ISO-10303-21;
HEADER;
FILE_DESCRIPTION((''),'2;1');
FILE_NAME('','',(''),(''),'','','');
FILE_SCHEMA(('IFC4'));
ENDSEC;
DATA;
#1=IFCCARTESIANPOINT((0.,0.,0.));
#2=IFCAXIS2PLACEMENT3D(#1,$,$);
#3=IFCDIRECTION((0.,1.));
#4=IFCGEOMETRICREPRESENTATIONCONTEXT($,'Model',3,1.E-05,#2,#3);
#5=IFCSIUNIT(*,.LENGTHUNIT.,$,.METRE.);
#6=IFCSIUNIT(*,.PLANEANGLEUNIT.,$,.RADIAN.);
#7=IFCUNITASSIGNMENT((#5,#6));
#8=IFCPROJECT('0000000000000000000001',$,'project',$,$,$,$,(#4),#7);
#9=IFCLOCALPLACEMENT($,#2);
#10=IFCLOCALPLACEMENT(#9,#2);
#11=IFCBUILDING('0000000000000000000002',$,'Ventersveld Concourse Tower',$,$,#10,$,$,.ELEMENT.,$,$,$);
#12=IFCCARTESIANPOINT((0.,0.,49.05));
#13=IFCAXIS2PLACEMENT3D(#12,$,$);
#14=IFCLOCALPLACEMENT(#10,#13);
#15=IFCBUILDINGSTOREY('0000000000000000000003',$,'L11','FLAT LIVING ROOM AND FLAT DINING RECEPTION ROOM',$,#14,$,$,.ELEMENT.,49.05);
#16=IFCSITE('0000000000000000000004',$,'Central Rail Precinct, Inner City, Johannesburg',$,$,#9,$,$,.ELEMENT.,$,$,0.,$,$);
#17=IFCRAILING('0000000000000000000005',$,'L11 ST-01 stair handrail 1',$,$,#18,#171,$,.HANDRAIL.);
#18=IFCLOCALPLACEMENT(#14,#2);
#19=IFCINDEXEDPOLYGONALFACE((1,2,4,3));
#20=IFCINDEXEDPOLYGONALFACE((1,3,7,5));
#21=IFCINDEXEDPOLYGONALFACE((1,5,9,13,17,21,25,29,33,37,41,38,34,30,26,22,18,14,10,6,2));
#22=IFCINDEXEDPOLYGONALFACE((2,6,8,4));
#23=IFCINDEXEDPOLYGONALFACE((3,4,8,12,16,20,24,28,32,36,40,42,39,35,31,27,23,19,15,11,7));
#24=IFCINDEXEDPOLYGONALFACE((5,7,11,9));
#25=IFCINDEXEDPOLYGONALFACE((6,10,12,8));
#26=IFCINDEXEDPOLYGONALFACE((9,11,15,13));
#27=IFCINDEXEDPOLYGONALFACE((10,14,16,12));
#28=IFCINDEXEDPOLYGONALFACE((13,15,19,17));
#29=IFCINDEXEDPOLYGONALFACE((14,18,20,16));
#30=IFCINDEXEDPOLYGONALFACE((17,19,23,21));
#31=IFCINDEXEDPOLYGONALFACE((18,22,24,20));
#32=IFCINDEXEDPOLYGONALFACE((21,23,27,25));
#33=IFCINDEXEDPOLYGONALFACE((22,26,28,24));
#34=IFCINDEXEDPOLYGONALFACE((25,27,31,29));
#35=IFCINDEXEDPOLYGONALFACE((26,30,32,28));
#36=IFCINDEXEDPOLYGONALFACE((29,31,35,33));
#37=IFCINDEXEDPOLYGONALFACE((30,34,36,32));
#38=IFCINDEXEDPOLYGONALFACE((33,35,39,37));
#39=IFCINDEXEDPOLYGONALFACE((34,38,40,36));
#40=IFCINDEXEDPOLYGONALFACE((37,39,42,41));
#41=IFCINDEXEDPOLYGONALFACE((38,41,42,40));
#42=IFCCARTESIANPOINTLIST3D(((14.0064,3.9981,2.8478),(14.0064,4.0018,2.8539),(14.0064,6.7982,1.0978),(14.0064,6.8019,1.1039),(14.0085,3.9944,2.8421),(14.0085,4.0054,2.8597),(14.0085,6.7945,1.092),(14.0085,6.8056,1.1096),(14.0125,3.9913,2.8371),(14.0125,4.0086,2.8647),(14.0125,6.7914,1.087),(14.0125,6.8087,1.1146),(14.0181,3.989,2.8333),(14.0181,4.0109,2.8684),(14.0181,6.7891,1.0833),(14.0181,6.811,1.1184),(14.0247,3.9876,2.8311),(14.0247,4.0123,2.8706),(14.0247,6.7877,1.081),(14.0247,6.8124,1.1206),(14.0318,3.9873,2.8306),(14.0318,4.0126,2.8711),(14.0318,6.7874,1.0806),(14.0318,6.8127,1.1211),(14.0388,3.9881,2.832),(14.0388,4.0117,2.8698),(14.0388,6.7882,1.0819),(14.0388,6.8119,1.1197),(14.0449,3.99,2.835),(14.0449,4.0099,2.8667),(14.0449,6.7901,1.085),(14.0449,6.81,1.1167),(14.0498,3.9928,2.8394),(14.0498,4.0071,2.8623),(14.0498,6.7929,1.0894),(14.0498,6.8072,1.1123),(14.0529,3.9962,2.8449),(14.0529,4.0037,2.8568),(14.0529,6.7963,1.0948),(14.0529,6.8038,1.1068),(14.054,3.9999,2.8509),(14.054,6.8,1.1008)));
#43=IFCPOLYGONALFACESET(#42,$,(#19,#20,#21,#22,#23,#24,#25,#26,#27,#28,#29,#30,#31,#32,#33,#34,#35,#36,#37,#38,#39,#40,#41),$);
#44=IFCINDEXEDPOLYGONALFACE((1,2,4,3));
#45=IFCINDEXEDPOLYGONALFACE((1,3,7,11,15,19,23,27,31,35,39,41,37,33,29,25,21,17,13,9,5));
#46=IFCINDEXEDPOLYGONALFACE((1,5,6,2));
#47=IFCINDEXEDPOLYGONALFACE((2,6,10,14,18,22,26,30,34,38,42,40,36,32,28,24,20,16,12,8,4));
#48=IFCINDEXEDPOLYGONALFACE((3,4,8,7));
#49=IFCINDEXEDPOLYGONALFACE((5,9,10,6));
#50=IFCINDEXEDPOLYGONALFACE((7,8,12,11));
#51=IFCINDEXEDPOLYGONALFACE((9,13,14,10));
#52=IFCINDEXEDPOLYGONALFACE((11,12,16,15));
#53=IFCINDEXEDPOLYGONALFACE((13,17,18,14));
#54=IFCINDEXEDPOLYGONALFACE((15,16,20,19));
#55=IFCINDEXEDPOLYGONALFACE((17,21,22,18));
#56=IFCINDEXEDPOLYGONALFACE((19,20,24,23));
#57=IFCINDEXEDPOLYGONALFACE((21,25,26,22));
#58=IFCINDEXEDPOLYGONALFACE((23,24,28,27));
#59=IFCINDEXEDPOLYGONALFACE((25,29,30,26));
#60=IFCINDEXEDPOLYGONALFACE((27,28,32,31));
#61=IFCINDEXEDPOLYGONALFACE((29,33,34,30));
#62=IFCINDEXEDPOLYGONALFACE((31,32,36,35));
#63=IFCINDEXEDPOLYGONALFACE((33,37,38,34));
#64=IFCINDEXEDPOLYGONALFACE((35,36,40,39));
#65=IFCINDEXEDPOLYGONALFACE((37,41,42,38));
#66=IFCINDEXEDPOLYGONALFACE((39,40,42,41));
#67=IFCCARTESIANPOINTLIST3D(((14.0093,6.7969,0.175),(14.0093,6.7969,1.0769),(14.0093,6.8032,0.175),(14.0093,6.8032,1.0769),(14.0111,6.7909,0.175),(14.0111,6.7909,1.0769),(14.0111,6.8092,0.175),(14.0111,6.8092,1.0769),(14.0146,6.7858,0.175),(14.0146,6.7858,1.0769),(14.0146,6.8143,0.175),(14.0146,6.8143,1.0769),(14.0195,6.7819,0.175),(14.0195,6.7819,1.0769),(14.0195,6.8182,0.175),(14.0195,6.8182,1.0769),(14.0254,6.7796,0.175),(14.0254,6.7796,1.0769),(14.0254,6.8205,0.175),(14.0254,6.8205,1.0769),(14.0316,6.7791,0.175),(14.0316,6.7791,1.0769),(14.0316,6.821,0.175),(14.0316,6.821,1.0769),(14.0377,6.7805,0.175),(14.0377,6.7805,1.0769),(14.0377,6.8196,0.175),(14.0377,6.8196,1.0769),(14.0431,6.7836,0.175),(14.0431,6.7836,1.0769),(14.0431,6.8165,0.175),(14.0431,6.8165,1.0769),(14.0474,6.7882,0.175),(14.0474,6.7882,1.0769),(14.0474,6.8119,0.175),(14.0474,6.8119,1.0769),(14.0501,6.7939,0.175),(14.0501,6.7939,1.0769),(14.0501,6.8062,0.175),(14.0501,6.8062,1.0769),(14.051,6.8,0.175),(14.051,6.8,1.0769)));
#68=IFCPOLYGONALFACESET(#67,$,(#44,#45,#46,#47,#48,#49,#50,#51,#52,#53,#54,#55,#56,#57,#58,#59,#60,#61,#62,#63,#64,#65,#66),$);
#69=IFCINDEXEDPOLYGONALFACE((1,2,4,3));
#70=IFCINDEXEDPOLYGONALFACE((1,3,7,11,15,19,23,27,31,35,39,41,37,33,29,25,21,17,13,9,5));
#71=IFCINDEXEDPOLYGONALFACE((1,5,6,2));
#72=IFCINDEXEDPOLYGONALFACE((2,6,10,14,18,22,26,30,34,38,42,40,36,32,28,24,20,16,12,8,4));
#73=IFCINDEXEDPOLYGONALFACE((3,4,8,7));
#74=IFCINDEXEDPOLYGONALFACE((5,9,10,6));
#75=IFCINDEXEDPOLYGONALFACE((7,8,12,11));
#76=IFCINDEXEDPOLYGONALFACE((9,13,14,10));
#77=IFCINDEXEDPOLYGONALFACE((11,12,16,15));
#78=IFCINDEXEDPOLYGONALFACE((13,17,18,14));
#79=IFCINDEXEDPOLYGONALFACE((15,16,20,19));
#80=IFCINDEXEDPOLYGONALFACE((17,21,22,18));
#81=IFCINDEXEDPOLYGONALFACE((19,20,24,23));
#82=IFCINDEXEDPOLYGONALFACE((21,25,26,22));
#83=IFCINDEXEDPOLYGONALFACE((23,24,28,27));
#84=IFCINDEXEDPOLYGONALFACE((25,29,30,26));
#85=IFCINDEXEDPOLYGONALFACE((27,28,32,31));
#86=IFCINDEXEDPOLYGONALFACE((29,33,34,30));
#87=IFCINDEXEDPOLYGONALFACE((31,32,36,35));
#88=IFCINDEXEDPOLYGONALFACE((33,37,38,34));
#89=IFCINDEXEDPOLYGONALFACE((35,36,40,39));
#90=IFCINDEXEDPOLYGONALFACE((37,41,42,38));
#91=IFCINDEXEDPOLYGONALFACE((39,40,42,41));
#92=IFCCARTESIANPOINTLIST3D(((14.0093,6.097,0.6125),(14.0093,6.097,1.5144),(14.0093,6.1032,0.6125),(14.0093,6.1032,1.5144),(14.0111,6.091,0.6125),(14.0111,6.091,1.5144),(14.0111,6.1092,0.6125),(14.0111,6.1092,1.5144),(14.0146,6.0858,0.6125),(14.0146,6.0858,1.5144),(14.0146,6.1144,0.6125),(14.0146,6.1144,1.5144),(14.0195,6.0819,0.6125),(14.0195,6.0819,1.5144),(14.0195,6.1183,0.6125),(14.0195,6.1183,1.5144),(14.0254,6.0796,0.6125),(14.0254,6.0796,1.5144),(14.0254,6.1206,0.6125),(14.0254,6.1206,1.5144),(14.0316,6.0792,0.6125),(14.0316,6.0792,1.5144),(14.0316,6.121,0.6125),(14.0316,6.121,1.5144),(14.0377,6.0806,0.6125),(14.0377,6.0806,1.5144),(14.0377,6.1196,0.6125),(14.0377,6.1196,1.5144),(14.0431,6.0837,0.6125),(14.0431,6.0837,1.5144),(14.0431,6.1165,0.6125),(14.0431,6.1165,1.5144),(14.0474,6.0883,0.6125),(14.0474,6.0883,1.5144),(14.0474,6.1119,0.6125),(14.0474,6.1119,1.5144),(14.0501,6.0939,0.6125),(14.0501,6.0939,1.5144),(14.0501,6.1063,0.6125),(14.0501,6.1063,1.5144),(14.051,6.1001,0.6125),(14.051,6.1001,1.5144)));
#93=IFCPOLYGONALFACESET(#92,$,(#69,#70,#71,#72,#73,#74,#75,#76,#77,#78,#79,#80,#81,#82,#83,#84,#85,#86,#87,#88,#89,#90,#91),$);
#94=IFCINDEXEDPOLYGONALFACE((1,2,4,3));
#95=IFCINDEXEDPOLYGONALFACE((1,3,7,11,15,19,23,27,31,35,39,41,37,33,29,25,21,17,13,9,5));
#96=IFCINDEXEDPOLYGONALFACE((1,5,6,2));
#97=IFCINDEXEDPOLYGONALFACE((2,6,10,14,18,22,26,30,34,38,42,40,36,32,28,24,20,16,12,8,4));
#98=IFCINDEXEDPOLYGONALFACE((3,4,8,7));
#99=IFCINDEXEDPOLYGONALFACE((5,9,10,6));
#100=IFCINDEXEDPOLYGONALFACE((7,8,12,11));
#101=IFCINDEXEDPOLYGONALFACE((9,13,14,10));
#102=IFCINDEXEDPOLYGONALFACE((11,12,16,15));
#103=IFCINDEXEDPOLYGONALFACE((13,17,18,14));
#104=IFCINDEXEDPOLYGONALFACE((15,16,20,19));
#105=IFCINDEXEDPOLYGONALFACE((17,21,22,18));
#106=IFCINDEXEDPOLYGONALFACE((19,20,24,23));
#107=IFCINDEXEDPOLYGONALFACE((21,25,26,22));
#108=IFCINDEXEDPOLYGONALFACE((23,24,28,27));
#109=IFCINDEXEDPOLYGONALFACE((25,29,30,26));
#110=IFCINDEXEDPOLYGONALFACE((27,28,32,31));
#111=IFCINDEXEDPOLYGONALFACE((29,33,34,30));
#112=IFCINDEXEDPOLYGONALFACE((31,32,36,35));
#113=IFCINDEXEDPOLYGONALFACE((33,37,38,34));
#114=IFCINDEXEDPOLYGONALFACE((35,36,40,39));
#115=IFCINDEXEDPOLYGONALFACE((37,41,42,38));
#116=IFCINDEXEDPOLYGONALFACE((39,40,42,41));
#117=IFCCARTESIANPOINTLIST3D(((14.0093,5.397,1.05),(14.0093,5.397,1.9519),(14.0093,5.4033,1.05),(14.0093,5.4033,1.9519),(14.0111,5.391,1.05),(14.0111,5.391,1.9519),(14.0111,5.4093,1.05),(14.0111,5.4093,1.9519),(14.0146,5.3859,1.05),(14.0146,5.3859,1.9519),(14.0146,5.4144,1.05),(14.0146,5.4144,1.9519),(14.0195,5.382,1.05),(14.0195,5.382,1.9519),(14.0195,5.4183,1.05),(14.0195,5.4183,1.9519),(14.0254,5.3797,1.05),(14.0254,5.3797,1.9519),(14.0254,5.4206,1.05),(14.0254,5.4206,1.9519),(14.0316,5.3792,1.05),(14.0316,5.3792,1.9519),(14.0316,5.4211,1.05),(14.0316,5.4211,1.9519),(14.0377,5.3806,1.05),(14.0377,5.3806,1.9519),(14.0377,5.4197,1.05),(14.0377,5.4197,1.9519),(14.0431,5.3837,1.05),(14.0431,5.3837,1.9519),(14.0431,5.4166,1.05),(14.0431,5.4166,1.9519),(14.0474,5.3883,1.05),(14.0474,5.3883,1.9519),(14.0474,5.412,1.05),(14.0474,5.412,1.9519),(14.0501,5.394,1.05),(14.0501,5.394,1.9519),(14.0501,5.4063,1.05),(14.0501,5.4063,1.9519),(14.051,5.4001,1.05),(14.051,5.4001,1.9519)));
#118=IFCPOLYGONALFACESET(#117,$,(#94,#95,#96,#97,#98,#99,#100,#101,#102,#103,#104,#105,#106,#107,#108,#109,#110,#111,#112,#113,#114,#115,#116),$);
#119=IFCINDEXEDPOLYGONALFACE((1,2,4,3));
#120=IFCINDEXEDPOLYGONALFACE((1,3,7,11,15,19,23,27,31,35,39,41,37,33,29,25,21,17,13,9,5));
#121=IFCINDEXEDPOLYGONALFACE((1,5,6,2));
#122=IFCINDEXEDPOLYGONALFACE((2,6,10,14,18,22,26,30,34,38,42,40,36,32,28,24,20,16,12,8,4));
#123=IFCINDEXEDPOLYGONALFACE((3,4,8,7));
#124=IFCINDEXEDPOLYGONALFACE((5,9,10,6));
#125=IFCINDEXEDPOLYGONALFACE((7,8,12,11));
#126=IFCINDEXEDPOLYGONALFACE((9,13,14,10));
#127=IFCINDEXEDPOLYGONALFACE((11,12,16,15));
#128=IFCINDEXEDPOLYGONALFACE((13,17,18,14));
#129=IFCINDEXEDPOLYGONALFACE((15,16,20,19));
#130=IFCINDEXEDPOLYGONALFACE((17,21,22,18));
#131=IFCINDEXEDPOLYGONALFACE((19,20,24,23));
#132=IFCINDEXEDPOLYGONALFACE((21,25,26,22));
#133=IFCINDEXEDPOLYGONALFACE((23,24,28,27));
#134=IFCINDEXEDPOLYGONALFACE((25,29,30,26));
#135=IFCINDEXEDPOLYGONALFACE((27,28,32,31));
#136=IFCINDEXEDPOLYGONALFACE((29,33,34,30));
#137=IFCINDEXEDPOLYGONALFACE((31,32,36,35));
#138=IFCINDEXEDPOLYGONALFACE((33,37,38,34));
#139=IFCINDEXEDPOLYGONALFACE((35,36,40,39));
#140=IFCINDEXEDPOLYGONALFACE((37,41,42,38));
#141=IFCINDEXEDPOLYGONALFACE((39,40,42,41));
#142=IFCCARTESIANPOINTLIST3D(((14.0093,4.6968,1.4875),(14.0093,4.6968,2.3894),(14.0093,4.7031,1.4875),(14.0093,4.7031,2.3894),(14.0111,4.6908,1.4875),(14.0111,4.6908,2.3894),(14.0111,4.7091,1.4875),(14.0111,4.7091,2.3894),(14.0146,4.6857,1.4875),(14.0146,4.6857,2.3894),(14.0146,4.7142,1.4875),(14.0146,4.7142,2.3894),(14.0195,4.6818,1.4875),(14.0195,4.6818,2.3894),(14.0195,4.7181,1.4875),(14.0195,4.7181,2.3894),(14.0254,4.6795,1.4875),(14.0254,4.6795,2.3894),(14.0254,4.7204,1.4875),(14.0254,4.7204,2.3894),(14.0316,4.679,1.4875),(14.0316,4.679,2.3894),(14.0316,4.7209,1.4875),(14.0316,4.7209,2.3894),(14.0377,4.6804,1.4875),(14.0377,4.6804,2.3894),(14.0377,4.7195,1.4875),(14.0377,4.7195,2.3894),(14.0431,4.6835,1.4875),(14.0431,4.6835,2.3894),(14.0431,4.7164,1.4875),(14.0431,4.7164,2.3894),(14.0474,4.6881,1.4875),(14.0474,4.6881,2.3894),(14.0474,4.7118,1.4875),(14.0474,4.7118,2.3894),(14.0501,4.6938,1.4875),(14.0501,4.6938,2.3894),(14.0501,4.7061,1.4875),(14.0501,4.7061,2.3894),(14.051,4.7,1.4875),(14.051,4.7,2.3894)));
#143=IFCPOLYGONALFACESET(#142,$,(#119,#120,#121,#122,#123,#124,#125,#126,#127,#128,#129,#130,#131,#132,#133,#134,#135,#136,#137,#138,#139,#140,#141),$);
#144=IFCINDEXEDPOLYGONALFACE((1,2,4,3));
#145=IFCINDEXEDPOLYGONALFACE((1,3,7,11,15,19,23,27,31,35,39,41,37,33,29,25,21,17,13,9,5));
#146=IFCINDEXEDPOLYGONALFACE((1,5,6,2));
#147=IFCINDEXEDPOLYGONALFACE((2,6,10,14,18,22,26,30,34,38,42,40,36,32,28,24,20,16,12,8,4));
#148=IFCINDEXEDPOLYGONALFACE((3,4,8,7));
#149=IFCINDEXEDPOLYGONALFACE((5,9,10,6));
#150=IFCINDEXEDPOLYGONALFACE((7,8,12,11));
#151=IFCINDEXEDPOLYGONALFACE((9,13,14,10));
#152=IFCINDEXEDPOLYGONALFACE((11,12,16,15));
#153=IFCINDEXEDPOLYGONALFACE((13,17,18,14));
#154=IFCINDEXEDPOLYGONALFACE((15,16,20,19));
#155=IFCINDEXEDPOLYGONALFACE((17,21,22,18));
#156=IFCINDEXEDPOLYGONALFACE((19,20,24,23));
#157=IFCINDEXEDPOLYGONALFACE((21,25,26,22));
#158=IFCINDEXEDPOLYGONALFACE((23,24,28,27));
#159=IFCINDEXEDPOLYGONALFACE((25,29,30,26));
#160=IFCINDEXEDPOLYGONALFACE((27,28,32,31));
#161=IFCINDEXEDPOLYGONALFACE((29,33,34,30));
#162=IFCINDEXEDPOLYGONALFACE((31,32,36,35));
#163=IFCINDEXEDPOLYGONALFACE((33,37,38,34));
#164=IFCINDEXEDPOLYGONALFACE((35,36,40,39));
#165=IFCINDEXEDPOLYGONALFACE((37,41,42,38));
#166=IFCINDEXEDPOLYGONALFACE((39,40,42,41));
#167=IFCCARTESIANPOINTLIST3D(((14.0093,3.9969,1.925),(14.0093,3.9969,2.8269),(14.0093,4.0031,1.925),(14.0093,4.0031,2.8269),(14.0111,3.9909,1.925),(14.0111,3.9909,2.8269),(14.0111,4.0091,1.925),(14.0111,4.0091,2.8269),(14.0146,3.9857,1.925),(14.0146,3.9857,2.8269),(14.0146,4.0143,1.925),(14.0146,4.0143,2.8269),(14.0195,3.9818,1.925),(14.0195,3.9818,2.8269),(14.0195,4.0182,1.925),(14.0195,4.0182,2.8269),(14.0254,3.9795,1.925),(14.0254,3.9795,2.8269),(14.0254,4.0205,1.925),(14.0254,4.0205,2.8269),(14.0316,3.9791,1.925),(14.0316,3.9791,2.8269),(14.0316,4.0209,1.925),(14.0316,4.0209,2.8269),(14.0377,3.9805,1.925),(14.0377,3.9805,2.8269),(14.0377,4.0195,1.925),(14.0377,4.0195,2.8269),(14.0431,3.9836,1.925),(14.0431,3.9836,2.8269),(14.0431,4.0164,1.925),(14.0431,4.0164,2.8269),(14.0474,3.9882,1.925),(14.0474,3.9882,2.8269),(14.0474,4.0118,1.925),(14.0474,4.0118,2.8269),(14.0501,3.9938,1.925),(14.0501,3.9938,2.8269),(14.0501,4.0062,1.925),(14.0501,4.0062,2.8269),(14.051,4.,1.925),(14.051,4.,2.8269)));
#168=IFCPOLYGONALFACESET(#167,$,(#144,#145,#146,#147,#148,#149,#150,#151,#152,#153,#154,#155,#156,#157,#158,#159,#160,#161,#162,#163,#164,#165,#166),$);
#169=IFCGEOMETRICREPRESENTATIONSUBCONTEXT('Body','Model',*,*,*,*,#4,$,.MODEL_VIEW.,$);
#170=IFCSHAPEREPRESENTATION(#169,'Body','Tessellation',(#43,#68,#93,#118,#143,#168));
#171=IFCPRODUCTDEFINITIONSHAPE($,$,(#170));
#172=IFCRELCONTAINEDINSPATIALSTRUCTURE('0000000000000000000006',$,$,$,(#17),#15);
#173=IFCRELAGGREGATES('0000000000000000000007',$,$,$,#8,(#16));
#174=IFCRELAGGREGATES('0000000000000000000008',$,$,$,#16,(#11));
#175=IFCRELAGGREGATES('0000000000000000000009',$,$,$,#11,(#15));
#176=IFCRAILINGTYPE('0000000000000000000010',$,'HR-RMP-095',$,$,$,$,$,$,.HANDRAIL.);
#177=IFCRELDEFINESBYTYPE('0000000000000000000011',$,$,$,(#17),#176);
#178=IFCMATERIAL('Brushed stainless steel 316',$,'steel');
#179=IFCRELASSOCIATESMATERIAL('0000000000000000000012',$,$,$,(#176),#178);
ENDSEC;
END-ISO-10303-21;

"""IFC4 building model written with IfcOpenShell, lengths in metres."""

from ifc_helpers import new_model, si_unit, direction, frame, origin, origin_2d, place, context, subcontext, project, spatial, circle, extrude, material, type_object, element, save


model = new_model("IFC4")

# Units and contexts
model_context = context("Model", 3, precision=1e-05, world=origin(), true_north=direction((0.0, 1.0)))
body_context = subcontext(model_context, "Body", "Model", "MODEL_VIEW")
ifc_project = project(units=[si_unit("LENGTHUNIT", "METRE"), si_unit("PLANEANGLEUNIT", "RADIAN")], contexts=[model_context])

# Site, building, storey
site_placement = place(None, origin())
site = spatial("IfcSite", under=ifc_project, at=site_placement, Name="Central Rail Precinct, Inner City, Johannesburg", CompositionType="ELEMENT", RefElevation=0.0)
building_placement = place(site_placement, origin())
building = spatial("IfcBuilding", under=site, at=building_placement, Name="Ventersveld Concourse Tower", CompositionType="ELEMENT")
storey_placement = place(building_placement, frame((0.0, 0.0, 49.05)))
storey = spatial("IfcBuildingStorey", under=building, at=storey_placement, Name="L11", Description="FLAT LIVING ROOM AND FLAT DINING RECEPTION ROOM", CompositionType="ELEMENT", Elevation=49.05)

# Railing
ifc_material_1 = material(Name="Brushed stainless steel 316", Category="steel")
railing_type = type_object("IfcRailingType", Name="HR-RMP-095", PredefinedType="HANDRAIL", material=ifc_material_1)
railing_placement = place(storey_placement, frame((14.03, 6.8, 0.175)))
element("IfcRailing", 1, at=railing_placement, inside=storey, type_object=railing_type, Name="L11 ST-01 stair handrail 1", PredefinedType="HANDRAIL", context=body_context, shape_type="SweptSolid", body=[
    extrude(circle(Radius=0.0239, at=origin_2d()), frame((0.0, 0.0, 0.9258), z_axis=(0.0, -0.848002, 0.529992), x_axis=(1.0, 0.0, 0.0)), (0.0, 0.0, 1.0), 3.302),
    extrude(circle(Radius=0.021, at=origin_2d()), origin(), (0.0, 0.0, 1.0), 0.9019),
    extrude(circle(Radius=0.021, at=origin_2d()), frame((0.0, -0.7, 0.4375)), (0.0, 0.0, 1.0), 0.9019),
    extrude(circle(Radius=0.021, at=origin_2d()), frame((0.0, -1.3999, 0.875)), (0.0, 0.0, 1.0), 0.9019),
    extrude(circle(Radius=0.021, at=origin_2d()), frame((0.0, -2.1001, 1.3125)), (0.0, 0.0, 1.0), 0.9019),
    extrude(circle(Radius=0.021, at=origin_2d()), frame((0.0, -2.8, 1.75)), (0.0, 0.0, 1.0), 0.9019),
])

save(model, "model.ifc")
